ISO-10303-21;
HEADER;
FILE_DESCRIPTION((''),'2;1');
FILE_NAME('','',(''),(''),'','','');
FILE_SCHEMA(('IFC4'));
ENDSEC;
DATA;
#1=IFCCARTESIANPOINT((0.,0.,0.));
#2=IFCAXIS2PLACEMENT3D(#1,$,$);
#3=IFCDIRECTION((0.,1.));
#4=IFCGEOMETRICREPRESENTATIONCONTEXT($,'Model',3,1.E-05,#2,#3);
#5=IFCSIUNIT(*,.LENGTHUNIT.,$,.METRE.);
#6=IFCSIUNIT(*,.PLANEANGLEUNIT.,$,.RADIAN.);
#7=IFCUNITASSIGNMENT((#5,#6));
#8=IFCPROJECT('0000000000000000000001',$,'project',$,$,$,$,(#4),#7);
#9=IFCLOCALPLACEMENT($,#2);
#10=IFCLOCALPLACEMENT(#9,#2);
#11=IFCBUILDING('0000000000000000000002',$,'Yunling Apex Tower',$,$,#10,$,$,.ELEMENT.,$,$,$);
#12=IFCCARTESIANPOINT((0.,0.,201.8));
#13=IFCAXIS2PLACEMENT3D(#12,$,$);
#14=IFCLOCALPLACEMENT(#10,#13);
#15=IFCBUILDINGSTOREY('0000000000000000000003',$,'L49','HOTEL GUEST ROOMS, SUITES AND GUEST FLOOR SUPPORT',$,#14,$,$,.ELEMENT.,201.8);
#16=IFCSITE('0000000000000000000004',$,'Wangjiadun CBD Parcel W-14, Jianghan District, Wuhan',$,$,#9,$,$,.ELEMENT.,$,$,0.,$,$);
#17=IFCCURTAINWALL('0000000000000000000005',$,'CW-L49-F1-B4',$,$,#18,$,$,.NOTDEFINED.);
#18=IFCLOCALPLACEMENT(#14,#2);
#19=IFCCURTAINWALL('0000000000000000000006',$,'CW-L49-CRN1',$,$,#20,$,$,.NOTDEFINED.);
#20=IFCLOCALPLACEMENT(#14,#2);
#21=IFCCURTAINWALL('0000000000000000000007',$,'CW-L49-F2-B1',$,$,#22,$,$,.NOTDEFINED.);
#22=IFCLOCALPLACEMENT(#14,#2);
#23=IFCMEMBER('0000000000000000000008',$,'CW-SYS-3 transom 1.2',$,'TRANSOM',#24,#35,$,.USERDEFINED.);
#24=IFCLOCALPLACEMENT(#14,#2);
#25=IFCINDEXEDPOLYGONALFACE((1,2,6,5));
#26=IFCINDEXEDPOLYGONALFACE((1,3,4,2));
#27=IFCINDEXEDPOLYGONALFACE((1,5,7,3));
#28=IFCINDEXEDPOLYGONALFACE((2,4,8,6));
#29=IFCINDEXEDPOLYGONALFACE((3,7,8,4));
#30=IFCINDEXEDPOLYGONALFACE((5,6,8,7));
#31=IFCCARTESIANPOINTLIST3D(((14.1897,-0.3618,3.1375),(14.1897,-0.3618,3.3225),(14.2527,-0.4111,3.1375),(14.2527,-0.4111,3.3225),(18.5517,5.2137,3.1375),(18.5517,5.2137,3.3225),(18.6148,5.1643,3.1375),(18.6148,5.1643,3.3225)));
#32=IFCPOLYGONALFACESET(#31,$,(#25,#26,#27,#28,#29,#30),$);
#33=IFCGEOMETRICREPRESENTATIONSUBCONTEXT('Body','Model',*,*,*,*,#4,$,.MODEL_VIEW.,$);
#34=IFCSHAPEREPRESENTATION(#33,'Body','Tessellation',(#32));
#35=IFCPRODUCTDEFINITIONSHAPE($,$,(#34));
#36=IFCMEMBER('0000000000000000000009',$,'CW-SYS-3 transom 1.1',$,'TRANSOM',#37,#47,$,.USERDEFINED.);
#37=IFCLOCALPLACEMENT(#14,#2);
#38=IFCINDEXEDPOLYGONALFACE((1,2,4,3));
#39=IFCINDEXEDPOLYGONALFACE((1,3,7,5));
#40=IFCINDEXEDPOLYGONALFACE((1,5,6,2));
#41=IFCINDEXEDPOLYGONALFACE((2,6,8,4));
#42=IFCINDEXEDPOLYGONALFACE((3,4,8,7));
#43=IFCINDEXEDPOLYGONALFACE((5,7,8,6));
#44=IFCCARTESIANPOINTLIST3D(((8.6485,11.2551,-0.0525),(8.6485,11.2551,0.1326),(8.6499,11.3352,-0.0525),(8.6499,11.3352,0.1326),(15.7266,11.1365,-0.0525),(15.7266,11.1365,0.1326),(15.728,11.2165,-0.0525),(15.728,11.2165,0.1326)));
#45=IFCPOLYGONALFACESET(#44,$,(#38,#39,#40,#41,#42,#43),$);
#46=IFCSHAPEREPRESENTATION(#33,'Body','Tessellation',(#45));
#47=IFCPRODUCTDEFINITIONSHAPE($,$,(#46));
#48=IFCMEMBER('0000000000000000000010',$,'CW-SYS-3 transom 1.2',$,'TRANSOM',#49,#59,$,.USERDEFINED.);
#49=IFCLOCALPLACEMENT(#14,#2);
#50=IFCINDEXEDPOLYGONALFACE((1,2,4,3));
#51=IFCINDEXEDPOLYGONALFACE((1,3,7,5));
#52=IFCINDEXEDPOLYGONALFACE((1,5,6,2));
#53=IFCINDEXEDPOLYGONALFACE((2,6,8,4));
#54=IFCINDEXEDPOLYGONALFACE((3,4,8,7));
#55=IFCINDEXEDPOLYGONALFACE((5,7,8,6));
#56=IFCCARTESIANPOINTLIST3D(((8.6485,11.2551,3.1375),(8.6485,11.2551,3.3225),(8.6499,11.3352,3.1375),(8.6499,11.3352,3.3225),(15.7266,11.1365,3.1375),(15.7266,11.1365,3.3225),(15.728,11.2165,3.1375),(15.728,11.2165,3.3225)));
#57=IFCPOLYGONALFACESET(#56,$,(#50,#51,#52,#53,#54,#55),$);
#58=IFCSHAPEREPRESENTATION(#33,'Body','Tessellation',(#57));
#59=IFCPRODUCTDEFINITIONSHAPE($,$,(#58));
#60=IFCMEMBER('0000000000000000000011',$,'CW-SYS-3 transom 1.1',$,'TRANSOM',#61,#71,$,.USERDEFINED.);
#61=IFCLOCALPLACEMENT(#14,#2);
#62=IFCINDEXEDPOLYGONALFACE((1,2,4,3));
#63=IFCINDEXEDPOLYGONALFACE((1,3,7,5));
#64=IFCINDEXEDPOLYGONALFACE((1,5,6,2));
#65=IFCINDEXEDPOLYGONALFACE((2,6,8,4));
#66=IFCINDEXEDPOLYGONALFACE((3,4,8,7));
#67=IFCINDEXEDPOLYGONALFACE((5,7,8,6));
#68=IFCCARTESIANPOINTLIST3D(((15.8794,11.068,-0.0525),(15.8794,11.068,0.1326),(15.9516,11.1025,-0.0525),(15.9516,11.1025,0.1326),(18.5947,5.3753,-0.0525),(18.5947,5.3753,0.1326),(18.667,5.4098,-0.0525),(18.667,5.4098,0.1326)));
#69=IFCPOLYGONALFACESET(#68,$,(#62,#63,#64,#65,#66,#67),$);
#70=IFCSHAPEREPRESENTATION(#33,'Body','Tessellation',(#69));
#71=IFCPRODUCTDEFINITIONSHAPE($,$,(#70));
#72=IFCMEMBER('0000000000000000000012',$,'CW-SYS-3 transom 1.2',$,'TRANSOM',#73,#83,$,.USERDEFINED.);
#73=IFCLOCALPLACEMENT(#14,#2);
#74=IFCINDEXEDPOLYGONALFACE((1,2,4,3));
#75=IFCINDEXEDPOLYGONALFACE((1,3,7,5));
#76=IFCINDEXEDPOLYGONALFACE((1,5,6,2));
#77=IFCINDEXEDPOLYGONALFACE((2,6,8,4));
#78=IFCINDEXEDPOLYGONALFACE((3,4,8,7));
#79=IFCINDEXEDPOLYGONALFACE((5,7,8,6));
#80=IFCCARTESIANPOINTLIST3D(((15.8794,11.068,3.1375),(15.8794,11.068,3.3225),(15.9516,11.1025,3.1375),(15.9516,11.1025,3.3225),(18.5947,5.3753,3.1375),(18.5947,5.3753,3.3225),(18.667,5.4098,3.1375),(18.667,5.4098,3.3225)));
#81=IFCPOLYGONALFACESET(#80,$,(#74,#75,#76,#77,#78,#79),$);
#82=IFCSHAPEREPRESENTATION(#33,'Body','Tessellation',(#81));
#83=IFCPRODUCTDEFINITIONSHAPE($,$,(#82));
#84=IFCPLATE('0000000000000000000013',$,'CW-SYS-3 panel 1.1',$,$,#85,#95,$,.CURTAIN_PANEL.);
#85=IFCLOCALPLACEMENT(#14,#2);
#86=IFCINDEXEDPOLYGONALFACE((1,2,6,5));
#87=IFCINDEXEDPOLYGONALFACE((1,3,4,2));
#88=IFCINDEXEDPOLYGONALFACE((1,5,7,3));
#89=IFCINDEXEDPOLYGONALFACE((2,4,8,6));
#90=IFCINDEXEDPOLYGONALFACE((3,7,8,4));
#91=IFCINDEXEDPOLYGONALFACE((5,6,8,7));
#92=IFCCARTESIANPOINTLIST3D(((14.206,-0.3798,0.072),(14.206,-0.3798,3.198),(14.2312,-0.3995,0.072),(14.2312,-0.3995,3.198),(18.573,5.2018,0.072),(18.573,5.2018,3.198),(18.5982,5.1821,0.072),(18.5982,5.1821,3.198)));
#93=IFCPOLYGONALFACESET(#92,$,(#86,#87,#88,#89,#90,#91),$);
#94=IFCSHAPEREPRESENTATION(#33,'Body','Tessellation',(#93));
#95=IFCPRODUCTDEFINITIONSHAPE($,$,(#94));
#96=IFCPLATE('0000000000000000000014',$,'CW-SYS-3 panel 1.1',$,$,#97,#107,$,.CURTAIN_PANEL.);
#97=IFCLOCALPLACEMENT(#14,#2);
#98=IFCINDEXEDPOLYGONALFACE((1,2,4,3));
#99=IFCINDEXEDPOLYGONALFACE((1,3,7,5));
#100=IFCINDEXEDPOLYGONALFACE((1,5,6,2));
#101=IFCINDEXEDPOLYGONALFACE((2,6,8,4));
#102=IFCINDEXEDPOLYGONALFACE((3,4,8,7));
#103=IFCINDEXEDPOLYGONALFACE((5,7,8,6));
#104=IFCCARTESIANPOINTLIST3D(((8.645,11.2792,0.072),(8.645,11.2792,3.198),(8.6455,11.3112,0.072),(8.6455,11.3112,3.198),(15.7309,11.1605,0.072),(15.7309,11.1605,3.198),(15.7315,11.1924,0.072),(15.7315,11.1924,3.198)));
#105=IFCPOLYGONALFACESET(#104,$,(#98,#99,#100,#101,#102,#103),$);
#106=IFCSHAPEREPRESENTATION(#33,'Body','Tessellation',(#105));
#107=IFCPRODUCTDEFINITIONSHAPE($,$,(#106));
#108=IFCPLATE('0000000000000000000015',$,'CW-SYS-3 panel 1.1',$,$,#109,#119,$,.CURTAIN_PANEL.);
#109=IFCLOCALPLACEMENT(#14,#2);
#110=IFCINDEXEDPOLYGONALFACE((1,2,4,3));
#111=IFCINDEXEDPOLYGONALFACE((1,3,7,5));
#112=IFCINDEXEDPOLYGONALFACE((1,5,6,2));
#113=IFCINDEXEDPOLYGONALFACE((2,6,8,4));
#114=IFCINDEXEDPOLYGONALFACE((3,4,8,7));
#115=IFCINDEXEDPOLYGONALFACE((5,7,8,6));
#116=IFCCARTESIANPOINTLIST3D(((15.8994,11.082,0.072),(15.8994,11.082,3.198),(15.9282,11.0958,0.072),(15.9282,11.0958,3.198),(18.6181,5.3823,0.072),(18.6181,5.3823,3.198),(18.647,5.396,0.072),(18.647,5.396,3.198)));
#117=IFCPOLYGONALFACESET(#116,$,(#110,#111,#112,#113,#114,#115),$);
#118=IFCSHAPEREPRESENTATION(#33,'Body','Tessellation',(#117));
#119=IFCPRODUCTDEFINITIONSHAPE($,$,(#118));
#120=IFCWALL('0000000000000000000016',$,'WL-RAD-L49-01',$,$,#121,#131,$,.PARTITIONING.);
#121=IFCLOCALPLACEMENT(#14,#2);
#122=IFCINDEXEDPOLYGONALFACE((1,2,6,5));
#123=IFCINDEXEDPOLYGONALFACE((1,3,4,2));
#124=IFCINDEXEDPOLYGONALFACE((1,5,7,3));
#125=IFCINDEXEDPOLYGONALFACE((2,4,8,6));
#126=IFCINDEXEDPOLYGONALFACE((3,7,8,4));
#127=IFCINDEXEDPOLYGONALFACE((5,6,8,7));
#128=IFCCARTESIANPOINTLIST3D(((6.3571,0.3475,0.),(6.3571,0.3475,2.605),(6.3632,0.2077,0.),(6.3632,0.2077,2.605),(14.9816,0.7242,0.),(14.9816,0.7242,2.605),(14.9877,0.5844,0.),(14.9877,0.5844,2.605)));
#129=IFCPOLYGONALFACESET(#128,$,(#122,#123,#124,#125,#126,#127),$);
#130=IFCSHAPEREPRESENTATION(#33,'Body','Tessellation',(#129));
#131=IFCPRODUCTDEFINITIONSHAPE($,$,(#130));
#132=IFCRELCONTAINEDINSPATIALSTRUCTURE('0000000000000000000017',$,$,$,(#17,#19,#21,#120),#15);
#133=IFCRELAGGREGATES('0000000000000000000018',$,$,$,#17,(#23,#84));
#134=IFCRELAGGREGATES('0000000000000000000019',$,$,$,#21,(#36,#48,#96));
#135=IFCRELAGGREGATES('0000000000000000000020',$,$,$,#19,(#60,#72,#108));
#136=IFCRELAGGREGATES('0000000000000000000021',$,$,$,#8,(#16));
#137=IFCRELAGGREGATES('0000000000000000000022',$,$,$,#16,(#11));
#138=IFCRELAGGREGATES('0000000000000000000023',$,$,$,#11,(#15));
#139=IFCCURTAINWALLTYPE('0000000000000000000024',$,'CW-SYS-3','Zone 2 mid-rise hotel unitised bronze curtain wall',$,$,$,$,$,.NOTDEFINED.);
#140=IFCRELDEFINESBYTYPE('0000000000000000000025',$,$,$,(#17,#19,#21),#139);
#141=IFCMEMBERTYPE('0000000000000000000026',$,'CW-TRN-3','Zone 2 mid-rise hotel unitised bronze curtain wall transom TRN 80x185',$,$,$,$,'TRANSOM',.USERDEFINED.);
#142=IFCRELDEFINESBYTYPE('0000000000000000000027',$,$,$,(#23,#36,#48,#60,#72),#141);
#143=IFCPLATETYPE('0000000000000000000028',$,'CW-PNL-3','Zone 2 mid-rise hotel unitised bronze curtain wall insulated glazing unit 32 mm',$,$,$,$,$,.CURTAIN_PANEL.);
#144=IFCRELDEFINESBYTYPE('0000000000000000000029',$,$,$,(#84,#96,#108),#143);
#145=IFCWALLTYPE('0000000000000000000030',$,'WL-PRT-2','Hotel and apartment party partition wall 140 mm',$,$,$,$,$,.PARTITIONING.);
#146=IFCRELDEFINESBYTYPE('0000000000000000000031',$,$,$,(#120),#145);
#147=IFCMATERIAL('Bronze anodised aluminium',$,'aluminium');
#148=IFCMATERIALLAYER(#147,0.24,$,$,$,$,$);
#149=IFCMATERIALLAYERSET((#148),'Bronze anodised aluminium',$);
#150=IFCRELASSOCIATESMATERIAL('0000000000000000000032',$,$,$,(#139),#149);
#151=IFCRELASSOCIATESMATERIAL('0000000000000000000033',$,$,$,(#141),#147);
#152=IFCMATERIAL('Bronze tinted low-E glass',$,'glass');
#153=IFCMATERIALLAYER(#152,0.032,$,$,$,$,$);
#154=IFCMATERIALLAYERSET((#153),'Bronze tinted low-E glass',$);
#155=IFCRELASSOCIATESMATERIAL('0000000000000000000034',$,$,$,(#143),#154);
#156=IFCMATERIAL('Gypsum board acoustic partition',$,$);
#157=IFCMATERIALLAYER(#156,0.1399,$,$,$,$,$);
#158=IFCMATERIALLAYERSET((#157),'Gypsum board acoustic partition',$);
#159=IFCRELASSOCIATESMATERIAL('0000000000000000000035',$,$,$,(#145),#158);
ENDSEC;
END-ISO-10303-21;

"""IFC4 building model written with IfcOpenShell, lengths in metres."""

from ifc_helpers import new_model, si_unit, direction, frame, frame_2d, origin, origin_2d, place, context, subcontext, project, spatial, rectangle, extrude, source, transform, mapped, material, layer, layer_set, material_profile, profile_set, type_object, element, aggregate, save


model = new_model("IFC4")

# Units and contexts
model_context = context("Model", 3, precision=1e-05, world=origin(), true_north=direction((0.0, 1.0)))
body_context = subcontext(model_context, "Body", "Model", "MODEL_VIEW")
ifc_project = project(units=[si_unit("LENGTHUNIT", "METRE"), si_unit("PLANEANGLEUNIT", "RADIAN")], contexts=[model_context])

# Site, building, storey
site_placement = place(None, origin())
site = spatial("IfcSite", under=ifc_project, at=site_placement, Name="Wangjiadun CBD Parcel W-14, Jianghan District, Wuhan", CompositionType="ELEMENT", RefElevation=0.0)
building_placement = place(site_placement, origin())
building = spatial("IfcBuilding", under=site, at=building_placement, Name="Yunling Apex Tower", CompositionType="ELEMENT")
storey_placement = place(building_placement, frame((0.0, 0.0, 201.8)))
storey = spatial("IfcBuildingStorey", under=building, at=storey_placement, Name="L49", Description="HOTEL GUEST ROOMS, SUITES AND GUEST FLOOR SUPPORT", CompositionType="ELEMENT", Elevation=201.8)

# Curtain wall
ifc_material_1 = material(Name="Bronze anodised aluminium", Category="aluminium")
ifc_layer_1 = layer(ifc_material_1, 0.24)
ifc_layer_set_1 = layer_set([ifc_layer_1], Name="Bronze anodised aluminium")
curtain_wall_type = type_object("IfcCurtainWallType", Name="CW-SYS-3", Description="Zone 2 mid-rise hotel unitised bronze curtain wall", PredefinedType="NOTDEFINED", material=ifc_layer_set_1)
curtain_wall_1_placement = place(storey_placement, origin())
curtain_wall_1 = element("IfcCurtainWall", 1, at=curtain_wall_1_placement, inside=storey, type_object=curtain_wall_type, Name="CW-L49-F1-B4", PredefinedType="NOTDEFINED")

# Curtain walls
curtain_wall_2_placement = place(storey_placement, origin())
curtain_wall_2 = element("IfcCurtainWall", 2, at=curtain_wall_2_placement, inside=storey, type_object=curtain_wall_type, Name="CW-L49-CRN1", PredefinedType="NOTDEFINED")
curtain_wall_3_placement = place(storey_placement, origin())
curtain_wall_3 = element("IfcCurtainWall", 3, at=curtain_wall_3_placement, inside=storey, type_object=curtain_wall_type, Name="CW-L49-F2-B1", PredefinedType="NOTDEFINED")
ifc_material_profile_1 = material_profile(ifc_material_1, rectangle(XDim=0.0801, YDim=0.1851, at=origin_2d()))
ifc_profile_set_1 = profile_set([ifc_material_profile_1], Name="Bronze anodised aluminium")
member_type_1 = type_object("IfcMemberType", Name="CW-TRN-3", Description="Zone 2 mid-rise hotel unitised bronze curtain wall transom TRN 80x185", ElementType="TRANSOM", PredefinedType="USERDEFINED", material=ifc_profile_set_1)

# Members
shared_shape_1 = source(origin(), body_context, "Body", "SweptSolid", [
    extrude(rectangle(XDim=0.0801, YDim=0.1851, at=origin_2d()), origin(), (0.0, 0.0, 1.0), 7.0791),
])
member_1_placement = place(storey_placement, frame((14.2212, -0.3865, 3.23), z_axis=(0.616192, 0.787596, 0.0), x_axis=(-0.787596, 0.616192, 0.0)))
member_1 = element("IfcMember", 4, at=member_1_placement, type_object=member_type_1, Name="CW-SYS-3 transom 1.2", ObjectType="TRANSOM", PredefinedType="USERDEFINED", context=body_context, shape_type="MappedRepresentation", body=[
    mapped(shared_shape_1, transform((0.0, 0.0, 0.0), scale=1.0)),
])
member_2_placement = place(storey_placement, frame((15.7273, 11.1765, 0.04), z_axis=(-0.99986, 0.016761, 0.0), x_axis=(-0.016761, -0.99986, 0.0)))
member_2 = element("IfcMember", 5, at=member_2_placement, type_object=member_type_1, Name="CW-SYS-3 transom 1.1", ObjectType="TRANSOM", PredefinedType="USERDEFINED", context=body_context, shape_type="MappedRepresentation", body=[
    mapped(shared_shape_1, transform((0.0, 0.0, 0.0), scale=1.0)),
])
member_3_placement = place(storey_placement, frame((15.7273, 11.1765, 3.23), z_axis=(-0.99986, 0.016761, 0.0), x_axis=(-0.016761, -0.99986, 0.0)))
member_3 = element("IfcMember", 6, at=member_3_placement, type_object=member_type_1, Name="CW-SYS-3 transom 1.2", ObjectType="TRANSOM", PredefinedType="USERDEFINED", context=body_context, shape_type="MappedRepresentation", body=[
    mapped(shared_shape_1, transform((0.0, 0.0, 0.0), scale=1.0)),
])
shared_shape_2 = source(origin(), body_context, "Body", "SweptSolid", [
    extrude(rectangle(XDim=0.0801, YDim=0.1851, at=origin_2d()), origin(), (0.0, 0.0, 1.0), 6.3071),
])
member_4_placement = place(storey_placement, frame((18.6309, 5.3926, 0.04), z_axis=(-0.430522, 0.90258, 0.0), x_axis=(-0.90258, -0.430522, 0.0)))
member_4 = element("IfcMember", 7, at=member_4_placement, type_object=member_type_1, Name="CW-SYS-3 transom 1.1", ObjectType="TRANSOM", PredefinedType="USERDEFINED", context=body_context, shape_type="MappedRepresentation", body=[
    mapped(shared_shape_2, transform((0.0, 0.0, 0.0), scale=1.0)),
])
member_5_placement = place(storey_placement, frame((18.6309, 5.3926, 3.23), z_axis=(-0.430522, 0.90258, 0.0), x_axis=(-0.90258, -0.430522, 0.0)))
member_5 = element("IfcMember", 8, at=member_5_placement, type_object=member_type_1, Name="CW-SYS-3 transom 1.2", ObjectType="TRANSOM", PredefinedType="USERDEFINED", context=body_context, shape_type="MappedRepresentation", body=[
    mapped(shared_shape_2, transform((0.0, 0.0, 0.0), scale=1.0)),
])

# Plates
ifc_material_2 = material(Name="Bronze tinted low-E glass", Category="glass")
ifc_layer_2 = layer(ifc_material_2, 0.032)
ifc_layer_set_2 = layer_set([ifc_layer_2], Name="Bronze tinted low-E glass")
plate_type = type_object("IfcPlateType", Name="CW-PNL-3", Description="Zone 2 mid-rise hotel unitised bronze curtain wall insulated glazing unit 32 mm", PredefinedType="CURTAIN_PANEL", material=ifc_layer_set_2)
shared_shape_3 = source(origin(), body_context, "Body", "SweptSolid", [
    extrude(rectangle(XDim=7.0869, YDim=0.032, at=origin_2d()), origin(), (0.0, 0.0, 1.0), 3.126),
])
plate_1_placement = place(storey_placement, frame((16.4021, 2.4011, 0.072), z_axis=(0.0, 0.0, 1.0), x_axis=(0.6162, 0.787589, 0.0)))
plate_1 = element("IfcPlate", 9, at=plate_1_placement, type_object=plate_type, Name="CW-SYS-3 panel 1.1", PredefinedType="CURTAIN_PANEL", context=body_context, shape_type="MappedRepresentation", body=[
    mapped(shared_shape_3, transform((0.0, 0.0, 0.0), scale=1.0)),
])
aggregate(curtain_wall_1, [member_1, plate_1])
plate_2_placement = place(storey_placement, frame((12.1882, 11.2358, 0.072), z_axis=(0.0, 0.0, 1.0), x_axis=(-0.99986, 0.016761, 0.0)))
plate_2 = element("IfcPlate", 10, at=plate_2_placement, type_object=plate_type, Name="CW-SYS-3 panel 1.1", PredefinedType="CURTAIN_PANEL", context=body_context, shape_type="MappedRepresentation", body=[
    mapped(shared_shape_3, transform((0.0, 0.0, 0.0), scale=1.0)),
])
aggregate(curtain_wall_3, [member_2, member_3, plate_2])
shared_shape_4 = source(origin(), body_context, "Body", "SweptSolid", [
    extrude(rectangle(XDim=6.3149, YDim=0.032, at=origin_2d()), origin(), (0.0, 0.0, 1.0), 3.126),
])
plate_3_placement = place(storey_placement, frame((17.2732, 8.239, 0.072), z_axis=(0.0, 0.0, 1.0), x_axis=(-0.430527, 0.902578, 0.0)))
plate_3 = element("IfcPlate", 11, at=plate_3_placement, type_object=plate_type, Name="CW-SYS-3 panel 1.1", PredefinedType="CURTAIN_PANEL", context=body_context, shape_type="MappedRepresentation", body=[
    mapped(shared_shape_4, transform((0.0, 0.0, 0.0), scale=1.0)),
])
aggregate(curtain_wall_2, [member_4, member_5, plate_3])

# Wall
ifc_material_3 = material(Name="Gypsum board acoustic partition")
ifc_layer_3 = layer(ifc_material_3, 0.1399)
ifc_layer_set_3 = layer_set([ifc_layer_3], Name="Gypsum board acoustic partition")
wall_type = type_object("IfcWallType", Name="WL-PRT-2", Description="Hotel and apartment party partition wall 140 mm", PredefinedType="PARTITIONING", material=ifc_layer_set_3)
wall_placement = place(storey_placement, frame((6.3601, 0.2776, 0.0), z_axis=(0.0, 0.0, 1.0), x_axis=(0.999047, 0.043637, 0.0)))
element("IfcWall", 12, at=wall_placement, inside=storey, type_object=wall_type, Name="WL-RAD-L49-01", PredefinedType="PARTITIONING", context=body_context, shape_type="SweptSolid", body=[
    extrude(rectangle(XDim=8.6328, YDim=0.1399, at=frame_2d((4.3164, 0.0))), origin(), (0.0, 0.0, 1.0), 2.605),
])

save(model, "model.ifc")
